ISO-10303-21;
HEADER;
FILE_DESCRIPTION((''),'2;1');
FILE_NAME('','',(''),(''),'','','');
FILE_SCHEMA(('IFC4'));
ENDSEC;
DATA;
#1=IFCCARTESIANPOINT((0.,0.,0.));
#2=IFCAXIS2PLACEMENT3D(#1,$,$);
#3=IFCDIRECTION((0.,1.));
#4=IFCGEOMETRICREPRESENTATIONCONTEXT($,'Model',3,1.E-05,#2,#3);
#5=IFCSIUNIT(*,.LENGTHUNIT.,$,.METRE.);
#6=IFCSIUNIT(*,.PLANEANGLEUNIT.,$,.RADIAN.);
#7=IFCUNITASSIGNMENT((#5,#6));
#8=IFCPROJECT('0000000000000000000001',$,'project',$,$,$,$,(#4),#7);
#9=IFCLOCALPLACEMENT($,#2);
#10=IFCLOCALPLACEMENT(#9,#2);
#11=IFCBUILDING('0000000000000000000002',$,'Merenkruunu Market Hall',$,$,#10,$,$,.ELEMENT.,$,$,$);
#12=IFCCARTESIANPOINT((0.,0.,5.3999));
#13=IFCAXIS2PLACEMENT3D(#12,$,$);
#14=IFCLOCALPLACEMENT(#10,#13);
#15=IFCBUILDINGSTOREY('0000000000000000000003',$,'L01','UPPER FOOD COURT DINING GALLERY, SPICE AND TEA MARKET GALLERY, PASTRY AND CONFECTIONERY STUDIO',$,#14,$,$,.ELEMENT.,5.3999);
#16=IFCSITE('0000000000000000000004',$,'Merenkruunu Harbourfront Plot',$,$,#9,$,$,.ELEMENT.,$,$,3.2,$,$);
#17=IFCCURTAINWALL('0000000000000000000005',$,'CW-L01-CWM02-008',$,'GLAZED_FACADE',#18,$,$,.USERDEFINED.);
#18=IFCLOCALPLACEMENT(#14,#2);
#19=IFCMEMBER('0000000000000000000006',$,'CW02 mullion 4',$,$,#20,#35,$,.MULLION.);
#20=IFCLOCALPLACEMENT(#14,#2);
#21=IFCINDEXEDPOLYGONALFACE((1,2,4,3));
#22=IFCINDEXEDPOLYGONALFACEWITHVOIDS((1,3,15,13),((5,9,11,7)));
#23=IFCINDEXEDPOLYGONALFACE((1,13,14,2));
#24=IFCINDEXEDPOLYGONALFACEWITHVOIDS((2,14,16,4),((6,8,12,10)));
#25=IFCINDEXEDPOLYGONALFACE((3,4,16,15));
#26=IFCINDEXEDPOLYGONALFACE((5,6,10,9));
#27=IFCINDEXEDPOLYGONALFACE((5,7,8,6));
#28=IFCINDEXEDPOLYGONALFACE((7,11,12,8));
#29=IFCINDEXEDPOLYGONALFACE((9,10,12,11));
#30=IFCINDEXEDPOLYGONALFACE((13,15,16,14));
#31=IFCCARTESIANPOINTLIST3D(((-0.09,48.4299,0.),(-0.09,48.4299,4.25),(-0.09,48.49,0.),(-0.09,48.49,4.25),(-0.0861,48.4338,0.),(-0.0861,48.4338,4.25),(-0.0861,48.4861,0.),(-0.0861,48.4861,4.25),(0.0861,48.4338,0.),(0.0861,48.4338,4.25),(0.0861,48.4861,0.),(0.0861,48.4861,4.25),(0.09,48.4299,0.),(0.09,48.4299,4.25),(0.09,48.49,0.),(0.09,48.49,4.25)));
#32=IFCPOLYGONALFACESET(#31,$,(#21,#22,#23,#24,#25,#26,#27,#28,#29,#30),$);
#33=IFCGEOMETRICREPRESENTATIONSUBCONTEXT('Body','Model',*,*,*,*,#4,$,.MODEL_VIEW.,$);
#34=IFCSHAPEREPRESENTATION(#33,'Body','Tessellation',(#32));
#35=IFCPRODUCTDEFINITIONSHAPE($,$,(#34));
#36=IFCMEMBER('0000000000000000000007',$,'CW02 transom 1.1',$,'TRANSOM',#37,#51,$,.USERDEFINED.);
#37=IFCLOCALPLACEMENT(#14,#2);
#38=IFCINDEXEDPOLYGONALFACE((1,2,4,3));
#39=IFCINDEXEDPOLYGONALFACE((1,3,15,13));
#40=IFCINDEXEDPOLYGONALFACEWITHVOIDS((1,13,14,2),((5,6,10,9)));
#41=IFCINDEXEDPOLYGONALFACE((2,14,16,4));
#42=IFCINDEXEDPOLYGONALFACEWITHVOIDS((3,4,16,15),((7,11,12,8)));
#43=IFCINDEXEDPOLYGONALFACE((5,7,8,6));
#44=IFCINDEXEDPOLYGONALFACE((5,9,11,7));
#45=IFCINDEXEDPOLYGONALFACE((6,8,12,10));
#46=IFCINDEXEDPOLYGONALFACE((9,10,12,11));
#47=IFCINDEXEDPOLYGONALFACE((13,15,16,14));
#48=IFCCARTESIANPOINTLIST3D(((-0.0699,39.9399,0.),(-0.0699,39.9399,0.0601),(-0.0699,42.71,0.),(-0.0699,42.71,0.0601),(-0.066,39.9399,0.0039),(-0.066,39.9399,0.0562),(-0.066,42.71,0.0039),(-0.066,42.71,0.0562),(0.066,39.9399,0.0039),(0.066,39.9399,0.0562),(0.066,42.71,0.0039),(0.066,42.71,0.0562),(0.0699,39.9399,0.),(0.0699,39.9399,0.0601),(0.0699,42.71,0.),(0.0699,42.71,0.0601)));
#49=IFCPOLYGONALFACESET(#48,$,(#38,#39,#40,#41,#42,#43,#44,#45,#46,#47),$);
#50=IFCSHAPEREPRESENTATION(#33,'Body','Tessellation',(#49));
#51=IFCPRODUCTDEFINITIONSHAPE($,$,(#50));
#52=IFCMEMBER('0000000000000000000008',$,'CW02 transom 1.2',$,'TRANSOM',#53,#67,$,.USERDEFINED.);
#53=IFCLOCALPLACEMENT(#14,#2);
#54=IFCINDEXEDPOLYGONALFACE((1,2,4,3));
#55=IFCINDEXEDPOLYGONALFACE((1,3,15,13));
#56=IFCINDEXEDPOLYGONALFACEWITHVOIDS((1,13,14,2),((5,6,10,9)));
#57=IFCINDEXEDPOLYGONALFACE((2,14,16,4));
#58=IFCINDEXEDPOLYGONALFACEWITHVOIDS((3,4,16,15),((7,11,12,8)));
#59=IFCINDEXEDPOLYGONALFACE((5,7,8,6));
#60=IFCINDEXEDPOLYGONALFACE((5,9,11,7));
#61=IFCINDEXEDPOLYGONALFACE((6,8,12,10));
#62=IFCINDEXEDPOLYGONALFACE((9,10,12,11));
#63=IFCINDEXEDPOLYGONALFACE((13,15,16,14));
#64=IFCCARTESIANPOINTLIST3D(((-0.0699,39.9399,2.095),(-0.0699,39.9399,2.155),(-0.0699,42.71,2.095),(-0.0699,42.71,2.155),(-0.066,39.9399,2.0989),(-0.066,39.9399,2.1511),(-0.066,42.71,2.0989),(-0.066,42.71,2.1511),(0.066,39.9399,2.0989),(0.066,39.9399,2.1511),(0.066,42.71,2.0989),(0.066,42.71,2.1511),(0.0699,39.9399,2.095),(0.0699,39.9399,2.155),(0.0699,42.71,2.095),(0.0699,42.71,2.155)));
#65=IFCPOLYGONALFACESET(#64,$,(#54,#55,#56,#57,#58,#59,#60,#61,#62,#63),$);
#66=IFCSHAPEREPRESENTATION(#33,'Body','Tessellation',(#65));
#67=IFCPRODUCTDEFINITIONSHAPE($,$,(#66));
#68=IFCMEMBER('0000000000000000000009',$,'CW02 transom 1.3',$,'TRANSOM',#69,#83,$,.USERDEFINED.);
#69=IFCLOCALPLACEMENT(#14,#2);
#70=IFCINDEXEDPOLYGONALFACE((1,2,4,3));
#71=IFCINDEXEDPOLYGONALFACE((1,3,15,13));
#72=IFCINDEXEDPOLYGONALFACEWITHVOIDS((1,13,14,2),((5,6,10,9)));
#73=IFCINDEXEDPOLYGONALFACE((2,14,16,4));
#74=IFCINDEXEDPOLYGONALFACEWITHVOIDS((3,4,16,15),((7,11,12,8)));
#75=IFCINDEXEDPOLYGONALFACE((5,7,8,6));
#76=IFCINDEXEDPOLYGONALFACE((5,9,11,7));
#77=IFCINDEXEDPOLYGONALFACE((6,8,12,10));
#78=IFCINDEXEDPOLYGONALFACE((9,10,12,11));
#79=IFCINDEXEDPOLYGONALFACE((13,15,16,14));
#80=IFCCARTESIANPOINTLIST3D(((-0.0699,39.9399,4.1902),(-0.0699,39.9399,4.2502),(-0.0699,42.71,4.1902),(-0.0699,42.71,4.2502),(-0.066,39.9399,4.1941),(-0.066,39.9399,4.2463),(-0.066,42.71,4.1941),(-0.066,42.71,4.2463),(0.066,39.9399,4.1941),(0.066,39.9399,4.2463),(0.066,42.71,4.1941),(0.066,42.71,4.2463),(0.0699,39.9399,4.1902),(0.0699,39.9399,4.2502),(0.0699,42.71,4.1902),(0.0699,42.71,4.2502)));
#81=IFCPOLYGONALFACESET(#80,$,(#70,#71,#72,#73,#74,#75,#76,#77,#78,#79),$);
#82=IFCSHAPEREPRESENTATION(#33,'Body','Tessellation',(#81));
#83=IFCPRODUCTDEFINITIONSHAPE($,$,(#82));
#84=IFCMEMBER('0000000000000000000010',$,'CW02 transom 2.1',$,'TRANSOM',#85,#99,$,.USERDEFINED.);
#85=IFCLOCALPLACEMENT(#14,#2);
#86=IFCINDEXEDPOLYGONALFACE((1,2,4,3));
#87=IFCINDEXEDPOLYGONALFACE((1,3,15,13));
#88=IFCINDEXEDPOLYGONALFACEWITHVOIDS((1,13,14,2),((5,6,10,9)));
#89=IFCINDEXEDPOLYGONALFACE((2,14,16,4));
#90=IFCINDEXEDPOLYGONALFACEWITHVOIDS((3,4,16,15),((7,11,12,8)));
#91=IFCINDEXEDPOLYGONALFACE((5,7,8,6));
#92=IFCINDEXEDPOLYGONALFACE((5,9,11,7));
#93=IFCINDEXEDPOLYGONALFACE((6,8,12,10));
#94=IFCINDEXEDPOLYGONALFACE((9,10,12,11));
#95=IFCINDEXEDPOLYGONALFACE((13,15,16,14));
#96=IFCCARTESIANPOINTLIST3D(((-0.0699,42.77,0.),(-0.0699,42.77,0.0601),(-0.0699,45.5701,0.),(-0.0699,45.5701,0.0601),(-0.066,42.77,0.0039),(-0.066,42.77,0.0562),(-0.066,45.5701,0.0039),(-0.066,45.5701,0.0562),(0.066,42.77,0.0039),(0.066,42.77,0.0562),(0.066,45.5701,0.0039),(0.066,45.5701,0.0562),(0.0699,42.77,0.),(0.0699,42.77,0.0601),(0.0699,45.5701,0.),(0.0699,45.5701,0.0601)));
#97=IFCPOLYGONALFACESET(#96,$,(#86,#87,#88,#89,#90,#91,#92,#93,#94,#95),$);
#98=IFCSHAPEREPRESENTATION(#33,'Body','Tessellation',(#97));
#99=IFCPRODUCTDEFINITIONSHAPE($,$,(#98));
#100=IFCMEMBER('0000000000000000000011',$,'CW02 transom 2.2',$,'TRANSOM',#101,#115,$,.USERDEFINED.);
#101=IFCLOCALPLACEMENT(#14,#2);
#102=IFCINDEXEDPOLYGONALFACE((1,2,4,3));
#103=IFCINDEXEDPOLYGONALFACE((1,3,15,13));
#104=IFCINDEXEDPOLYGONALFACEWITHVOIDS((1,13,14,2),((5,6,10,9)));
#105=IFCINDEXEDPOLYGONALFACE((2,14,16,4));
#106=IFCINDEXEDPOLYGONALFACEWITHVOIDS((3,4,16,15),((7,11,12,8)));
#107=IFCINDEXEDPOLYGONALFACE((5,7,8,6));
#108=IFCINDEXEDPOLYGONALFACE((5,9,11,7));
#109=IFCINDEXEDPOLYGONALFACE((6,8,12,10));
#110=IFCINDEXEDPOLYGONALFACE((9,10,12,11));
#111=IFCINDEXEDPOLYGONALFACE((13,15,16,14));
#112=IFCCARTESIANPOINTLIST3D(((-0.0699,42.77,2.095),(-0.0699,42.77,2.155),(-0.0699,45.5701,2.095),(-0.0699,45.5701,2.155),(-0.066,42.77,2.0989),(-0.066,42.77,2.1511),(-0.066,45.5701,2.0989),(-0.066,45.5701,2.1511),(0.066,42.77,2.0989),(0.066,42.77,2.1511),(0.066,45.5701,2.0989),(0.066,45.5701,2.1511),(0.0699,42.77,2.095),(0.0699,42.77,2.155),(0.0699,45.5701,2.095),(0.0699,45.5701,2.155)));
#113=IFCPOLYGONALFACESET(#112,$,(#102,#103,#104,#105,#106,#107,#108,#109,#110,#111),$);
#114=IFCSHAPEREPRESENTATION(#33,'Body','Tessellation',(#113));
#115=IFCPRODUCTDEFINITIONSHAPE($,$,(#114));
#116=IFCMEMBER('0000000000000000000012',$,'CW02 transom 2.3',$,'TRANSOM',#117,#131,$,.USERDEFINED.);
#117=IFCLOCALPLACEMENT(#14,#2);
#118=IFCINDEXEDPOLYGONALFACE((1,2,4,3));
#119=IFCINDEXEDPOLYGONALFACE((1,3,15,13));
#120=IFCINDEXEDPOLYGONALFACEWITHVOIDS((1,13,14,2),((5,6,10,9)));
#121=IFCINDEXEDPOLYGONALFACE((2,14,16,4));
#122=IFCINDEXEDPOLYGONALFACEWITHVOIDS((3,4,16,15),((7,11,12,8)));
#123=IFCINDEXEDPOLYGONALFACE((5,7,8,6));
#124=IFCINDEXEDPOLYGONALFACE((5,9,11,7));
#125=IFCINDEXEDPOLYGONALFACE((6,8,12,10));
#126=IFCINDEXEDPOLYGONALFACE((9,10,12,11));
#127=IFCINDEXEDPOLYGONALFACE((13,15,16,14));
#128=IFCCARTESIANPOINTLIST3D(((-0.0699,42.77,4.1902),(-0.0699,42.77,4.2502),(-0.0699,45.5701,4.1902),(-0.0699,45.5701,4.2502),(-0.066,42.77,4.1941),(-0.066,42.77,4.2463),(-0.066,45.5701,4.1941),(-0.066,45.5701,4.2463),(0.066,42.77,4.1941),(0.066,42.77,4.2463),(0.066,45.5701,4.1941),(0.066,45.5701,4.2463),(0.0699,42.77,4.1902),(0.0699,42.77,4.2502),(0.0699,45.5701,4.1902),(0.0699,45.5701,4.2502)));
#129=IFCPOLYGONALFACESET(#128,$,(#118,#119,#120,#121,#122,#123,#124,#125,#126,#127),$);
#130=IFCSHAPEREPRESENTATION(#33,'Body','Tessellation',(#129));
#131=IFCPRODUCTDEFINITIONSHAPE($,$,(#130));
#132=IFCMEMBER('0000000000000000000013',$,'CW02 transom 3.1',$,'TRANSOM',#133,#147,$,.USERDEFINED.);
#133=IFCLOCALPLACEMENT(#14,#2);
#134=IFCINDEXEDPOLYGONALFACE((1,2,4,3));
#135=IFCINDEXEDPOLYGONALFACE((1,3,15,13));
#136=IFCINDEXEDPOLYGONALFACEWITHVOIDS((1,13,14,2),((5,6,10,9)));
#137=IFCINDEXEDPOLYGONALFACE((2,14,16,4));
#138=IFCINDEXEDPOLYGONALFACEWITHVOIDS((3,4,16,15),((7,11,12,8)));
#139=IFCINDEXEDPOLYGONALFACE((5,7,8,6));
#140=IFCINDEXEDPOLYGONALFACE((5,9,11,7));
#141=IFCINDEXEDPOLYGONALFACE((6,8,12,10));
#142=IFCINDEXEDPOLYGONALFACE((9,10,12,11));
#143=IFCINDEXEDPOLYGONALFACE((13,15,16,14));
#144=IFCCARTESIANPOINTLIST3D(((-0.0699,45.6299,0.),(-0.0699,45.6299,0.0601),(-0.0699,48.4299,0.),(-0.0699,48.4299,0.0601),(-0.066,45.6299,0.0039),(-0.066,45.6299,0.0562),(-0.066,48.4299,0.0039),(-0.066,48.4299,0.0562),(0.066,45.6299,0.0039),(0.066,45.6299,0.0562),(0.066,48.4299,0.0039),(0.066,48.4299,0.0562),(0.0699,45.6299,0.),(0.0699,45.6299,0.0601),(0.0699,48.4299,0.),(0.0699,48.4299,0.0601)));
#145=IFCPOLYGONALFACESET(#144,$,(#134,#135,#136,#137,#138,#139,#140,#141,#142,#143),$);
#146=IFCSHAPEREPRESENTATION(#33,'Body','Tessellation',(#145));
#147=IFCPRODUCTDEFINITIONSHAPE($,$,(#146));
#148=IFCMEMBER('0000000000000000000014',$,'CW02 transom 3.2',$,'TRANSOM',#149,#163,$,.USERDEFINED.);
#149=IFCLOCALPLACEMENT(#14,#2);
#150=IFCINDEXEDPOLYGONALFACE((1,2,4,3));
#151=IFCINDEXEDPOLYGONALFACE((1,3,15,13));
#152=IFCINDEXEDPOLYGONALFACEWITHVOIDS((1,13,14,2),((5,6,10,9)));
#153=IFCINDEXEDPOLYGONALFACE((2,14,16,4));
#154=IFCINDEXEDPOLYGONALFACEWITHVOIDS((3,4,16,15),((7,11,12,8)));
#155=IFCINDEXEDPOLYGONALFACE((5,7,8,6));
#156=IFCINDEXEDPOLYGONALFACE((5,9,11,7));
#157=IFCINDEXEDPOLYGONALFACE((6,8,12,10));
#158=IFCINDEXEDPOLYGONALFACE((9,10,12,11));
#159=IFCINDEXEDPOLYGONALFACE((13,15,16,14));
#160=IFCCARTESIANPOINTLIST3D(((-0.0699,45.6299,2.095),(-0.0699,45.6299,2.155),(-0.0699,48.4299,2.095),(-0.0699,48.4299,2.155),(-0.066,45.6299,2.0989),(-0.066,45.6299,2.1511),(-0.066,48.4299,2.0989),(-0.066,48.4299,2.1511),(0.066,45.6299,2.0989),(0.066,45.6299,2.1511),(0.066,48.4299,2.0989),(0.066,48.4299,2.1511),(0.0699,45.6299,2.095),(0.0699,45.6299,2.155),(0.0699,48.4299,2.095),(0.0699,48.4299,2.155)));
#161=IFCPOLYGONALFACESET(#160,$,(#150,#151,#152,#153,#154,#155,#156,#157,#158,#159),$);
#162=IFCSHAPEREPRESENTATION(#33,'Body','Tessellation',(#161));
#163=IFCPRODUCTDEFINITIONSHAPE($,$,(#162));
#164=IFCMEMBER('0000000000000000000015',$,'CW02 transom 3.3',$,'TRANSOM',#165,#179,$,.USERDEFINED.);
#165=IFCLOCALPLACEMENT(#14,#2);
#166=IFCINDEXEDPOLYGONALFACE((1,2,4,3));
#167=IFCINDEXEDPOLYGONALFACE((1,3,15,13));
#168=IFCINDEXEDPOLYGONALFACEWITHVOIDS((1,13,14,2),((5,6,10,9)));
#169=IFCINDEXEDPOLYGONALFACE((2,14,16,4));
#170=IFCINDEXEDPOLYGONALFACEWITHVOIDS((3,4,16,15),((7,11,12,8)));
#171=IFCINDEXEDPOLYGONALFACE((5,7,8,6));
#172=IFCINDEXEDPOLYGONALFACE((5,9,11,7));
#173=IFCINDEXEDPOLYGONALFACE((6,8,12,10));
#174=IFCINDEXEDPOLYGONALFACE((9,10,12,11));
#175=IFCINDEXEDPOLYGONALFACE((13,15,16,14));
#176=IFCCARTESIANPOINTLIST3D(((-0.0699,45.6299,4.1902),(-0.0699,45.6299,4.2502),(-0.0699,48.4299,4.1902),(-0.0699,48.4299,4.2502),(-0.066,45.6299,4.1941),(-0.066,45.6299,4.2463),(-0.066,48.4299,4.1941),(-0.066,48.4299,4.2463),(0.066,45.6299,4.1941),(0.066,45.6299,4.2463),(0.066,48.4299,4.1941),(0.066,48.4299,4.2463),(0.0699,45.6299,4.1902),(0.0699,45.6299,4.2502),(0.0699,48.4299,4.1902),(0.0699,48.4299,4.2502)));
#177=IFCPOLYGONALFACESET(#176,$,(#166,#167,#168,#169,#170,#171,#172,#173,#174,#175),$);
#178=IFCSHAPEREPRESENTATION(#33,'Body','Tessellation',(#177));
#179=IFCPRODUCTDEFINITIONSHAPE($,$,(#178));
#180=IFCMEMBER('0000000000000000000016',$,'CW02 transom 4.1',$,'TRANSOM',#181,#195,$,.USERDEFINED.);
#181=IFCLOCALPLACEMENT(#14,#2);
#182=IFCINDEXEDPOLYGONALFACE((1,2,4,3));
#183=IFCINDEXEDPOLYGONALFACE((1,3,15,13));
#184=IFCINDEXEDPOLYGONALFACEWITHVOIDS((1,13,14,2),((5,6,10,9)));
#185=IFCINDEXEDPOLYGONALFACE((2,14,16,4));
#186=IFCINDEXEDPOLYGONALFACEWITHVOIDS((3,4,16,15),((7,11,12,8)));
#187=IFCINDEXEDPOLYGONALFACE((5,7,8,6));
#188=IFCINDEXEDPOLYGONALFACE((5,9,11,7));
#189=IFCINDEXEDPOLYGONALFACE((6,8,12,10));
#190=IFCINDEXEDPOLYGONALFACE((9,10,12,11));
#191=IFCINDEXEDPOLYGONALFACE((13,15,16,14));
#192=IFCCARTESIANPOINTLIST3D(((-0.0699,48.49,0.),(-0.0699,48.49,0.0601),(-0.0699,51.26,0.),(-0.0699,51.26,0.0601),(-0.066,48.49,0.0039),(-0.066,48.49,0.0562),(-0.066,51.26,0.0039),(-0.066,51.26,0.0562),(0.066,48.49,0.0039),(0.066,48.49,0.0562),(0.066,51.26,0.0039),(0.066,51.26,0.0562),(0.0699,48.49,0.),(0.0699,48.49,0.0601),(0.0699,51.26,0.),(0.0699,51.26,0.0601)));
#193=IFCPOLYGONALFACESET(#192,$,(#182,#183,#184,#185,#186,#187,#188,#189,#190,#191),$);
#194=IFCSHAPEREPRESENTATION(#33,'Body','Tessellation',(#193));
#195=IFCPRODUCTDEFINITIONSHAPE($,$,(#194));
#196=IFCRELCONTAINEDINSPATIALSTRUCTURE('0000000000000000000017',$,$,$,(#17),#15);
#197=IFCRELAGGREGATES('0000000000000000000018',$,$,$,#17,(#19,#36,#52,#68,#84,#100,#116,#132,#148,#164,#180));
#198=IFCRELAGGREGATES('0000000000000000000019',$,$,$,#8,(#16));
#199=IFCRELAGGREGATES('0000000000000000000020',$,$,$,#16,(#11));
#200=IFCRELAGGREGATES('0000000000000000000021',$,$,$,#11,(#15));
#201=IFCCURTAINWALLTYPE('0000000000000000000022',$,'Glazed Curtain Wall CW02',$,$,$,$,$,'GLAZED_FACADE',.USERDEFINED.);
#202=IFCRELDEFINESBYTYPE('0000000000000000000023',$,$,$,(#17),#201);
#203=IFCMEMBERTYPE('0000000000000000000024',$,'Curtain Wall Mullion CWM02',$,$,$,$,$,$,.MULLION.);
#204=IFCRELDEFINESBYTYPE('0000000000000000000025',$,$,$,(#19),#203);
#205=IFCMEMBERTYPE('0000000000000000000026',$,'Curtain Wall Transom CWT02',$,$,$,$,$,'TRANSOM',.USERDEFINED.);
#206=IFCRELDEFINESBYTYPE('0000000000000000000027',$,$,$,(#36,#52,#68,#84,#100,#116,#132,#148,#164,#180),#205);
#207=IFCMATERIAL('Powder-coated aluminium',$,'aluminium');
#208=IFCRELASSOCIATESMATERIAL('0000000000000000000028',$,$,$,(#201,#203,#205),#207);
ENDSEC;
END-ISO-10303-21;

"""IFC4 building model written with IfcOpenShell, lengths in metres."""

from ifc_helpers import new_model, si_unit, direction, frame, origin, origin_2d, place, context, subcontext, project, spatial, hollow_rectangle, extrude, material, material_profile, profile_set, type_object, element, aggregate, save


model = new_model("IFC4")

# Units and contexts
model_context = context("Model", 3, precision=1e-05, world=origin(), true_north=direction((0.0, 1.0)))
body_context = subcontext(model_context, "Body", "Model", "MODEL_VIEW")
ifc_project = project(units=[si_unit("LENGTHUNIT", "METRE"), si_unit("PLANEANGLEUNIT", "RADIAN")], contexts=[model_context])

# Site, building, storey
site_placement = place(None, origin())
site = spatial("IfcSite", under=ifc_project, at=site_placement, Name="Merenkruunu Harbourfront Plot", CompositionType="ELEMENT", RefElevation=3.2)
building_placement = place(site_placement, origin())
building = spatial("IfcBuilding", under=site, at=building_placement, Name="Merenkruunu Market Hall", CompositionType="ELEMENT")
storey_placement = place(building_placement, frame((0.0, 0.0, 5.3999)))
storey = spatial("IfcBuildingStorey", under=building, at=storey_placement, Name="L01", Description="UPPER FOOD COURT DINING GALLERY, SPICE AND TEA MARKET GALLERY, PASTRY AND CONFECTIONERY STUDIO", CompositionType="ELEMENT", Elevation=5.3999)

# Curtain wall, members
ifc_material_1 = material(Name="Powder-coated aluminium", Category="aluminium")
curtain_wall_type = type_object("IfcCurtainWallType", Name="Glazed Curtain Wall CW02", ElementType="GLAZED_FACADE", PredefinedType="USERDEFINED", material=ifc_material_1)
curtain_wall_placement = place(storey_placement, origin())
curtain_wall = element("IfcCurtainWall", 1, at=curtain_wall_placement, inside=storey, type_object=curtain_wall_type, Name="CW-L01-CWM02-008", ObjectType="GLAZED_FACADE", PredefinedType="USERDEFINED")
ifc_material_profile_1 = material_profile(ifc_material_1, hollow_rectangle(XDim=0.0601, YDim=0.1799, WallThickness=0.0039, at=origin_2d()), Name="ALU 60x180x4")
ifc_profile_set_1 = profile_set([ifc_material_profile_1], Name="Powder-coated aluminium")
member_type_1 = type_object("IfcMemberType", Name="Curtain Wall Mullion CWM02", PredefinedType="MULLION", material=ifc_profile_set_1)
member_1_placement = place(storey_placement, frame((0.0, 48.46, 0.0), z_axis=(0.0, 0.0, 1.0), x_axis=(0.0, 1.0, 0.0)))
member_1 = element("IfcMember", 2, at=member_1_placement, type_object=member_type_1, Name="CW02 mullion 4", PredefinedType="MULLION", context=body_context, shape_type="SweptSolid", body=[
    extrude(hollow_rectangle(XDim=0.0601, YDim=0.1799, WallThickness=0.0039, at=origin_2d()), origin(), (0.0, 0.0, 1.0), 4.25),
])
ifc_material_profile_2 = material_profile(ifc_material_1, hollow_rectangle(XDim=0.0601, YDim=0.1399, WallThickness=0.0039, at=origin_2d()), Name="ALU 60x140x4")
ifc_profile_set_2 = profile_set([ifc_material_profile_2], Name="Powder-coated aluminium")
member_type_2 = type_object("IfcMemberType", Name="Curtain Wall Transom CWT02", ElementType="TRANSOM", PredefinedType="USERDEFINED", material=ifc_profile_set_2)
member_2_placement = place(storey_placement, frame((0.0, 39.9399, 0.03), z_axis=(0.0, 1.0, 0.0), x_axis=(0.0, 0.0, 1.0)))
member_2 = element("IfcMember", 3, at=member_2_placement, type_object=member_type_2, Name="CW02 transom 1.1", ObjectType="TRANSOM", PredefinedType="USERDEFINED", context=body_context, shape_type="SweptSolid", body=[
    extrude(hollow_rectangle(XDim=0.0601, YDim=0.1399, WallThickness=0.0039, at=origin_2d()), origin(), (0.0, 0.0, 1.0), 2.77),
])
member_3_placement = place(storey_placement, frame((0.0, 39.9399, 2.125), z_axis=(0.0, 1.0, 0.0), x_axis=(0.0, 0.0, 1.0)))
member_3 = element("IfcMember", 4, at=member_3_placement, type_object=member_type_2, Name="CW02 transom 1.2", ObjectType="TRANSOM", PredefinedType="USERDEFINED", context=body_context, shape_type="SweptSolid", body=[
    extrude(hollow_rectangle(XDim=0.0601, YDim=0.1399, WallThickness=0.0039, at=origin_2d()), origin(), (0.0, 0.0, 1.0), 2.77),
])
member_4_placement = place(storey_placement, frame((0.0, 39.9399, 4.2202), z_axis=(0.0, 1.0, 0.0), x_axis=(0.0, 0.0, 1.0)))
member_4 = element("IfcMember", 5, at=member_4_placement, type_object=member_type_2, Name="CW02 transom 1.3", ObjectType="TRANSOM", PredefinedType="USERDEFINED", context=body_context, shape_type="SweptSolid", body=[
    extrude(hollow_rectangle(XDim=0.0601, YDim=0.1399, WallThickness=0.0039, at=origin_2d()), origin(), (0.0, 0.0, 1.0), 2.77),
])
member_5_placement = place(storey_placement, frame((0.0, 42.77, 0.03), z_axis=(0.0, 1.0, 0.0), x_axis=(0.0, 0.0, 1.0)))
member_5 = element("IfcMember", 6, at=member_5_placement, type_object=member_type_2, Name="CW02 transom 2.1", ObjectType="TRANSOM", PredefinedType="USERDEFINED", context=body_context, shape_type="SweptSolid", body=[
    extrude(hollow_rectangle(XDim=0.0601, YDim=0.1399, WallThickness=0.0039, at=origin_2d()), origin(), (0.0, 0.0, 1.0), 2.8),
])
member_6_placement = place(storey_placement, frame((0.0, 42.77, 2.125), z_axis=(0.0, 1.0, 0.0), x_axis=(0.0, 0.0, 1.0)))
member_6 = element("IfcMember", 7, at=member_6_placement, type_object=member_type_2, Name="CW02 transom 2.2", ObjectType="TRANSOM", PredefinedType="USERDEFINED", context=body_context, shape_type="SweptSolid", body=[
    extrude(hollow_rectangle(XDim=0.0601, YDim=0.1399, WallThickness=0.0039, at=origin_2d()), origin(), (0.0, 0.0, 1.0), 2.8),
])
member_7_placement = place(storey_placement, frame((0.0, 42.77, 4.2202), z_axis=(0.0, 1.0, 0.0), x_axis=(0.0, 0.0, 1.0)))
member_7 = element("IfcMember", 8, at=member_7_placement, type_object=member_type_2, Name="CW02 transom 2.3", ObjectType="TRANSOM", PredefinedType="USERDEFINED", context=body_context, shape_type="SweptSolid", body=[
    extrude(hollow_rectangle(XDim=0.0601, YDim=0.1399, WallThickness=0.0039, at=origin_2d()), origin(), (0.0, 0.0, 1.0), 2.8),
])
member_8_placement = place(storey_placement, frame((0.0, 45.6299, 0.03), z_axis=(0.0, 1.0, 0.0), x_axis=(0.0, 0.0, 1.0)))
member_8 = element("IfcMember", 9, at=member_8_placement, type_object=member_type_2, Name="CW02 transom 3.1", ObjectType="TRANSOM", PredefinedType="USERDEFINED", context=body_context, shape_type="SweptSolid", body=[
    extrude(hollow_rectangle(XDim=0.0601, YDim=0.1399, WallThickness=0.0039, at=origin_2d()), origin(), (0.0, 0.0, 1.0), 2.8),
])
member_9_placement = place(storey_placement, frame((0.0, 45.6299, 2.125), z_axis=(0.0, 1.0, 0.0), x_axis=(0.0, 0.0, 1.0)))
member_9 = element("IfcMember", 10, at=member_9_placement, type_object=member_type_2, Name="CW02 transom 3.2", ObjectType="TRANSOM", PredefinedType="USERDEFINED", context=body_context, shape_type="SweptSolid", body=[
    extrude(hollow_rectangle(XDim=0.0601, YDim=0.1399, WallThickness=0.0039, at=origin_2d()), origin(), (0.0, 0.0, 1.0), 2.8),
])
member_10_placement = place(storey_placement, frame((0.0, 45.6299, 4.2202), z_axis=(0.0, 1.0, 0.0), x_axis=(0.0, 0.0, 1.0)))
member_10 = element("IfcMember", 11, at=member_10_placement, type_object=member_type_2, Name="CW02 transom 3.3", ObjectType="TRANSOM", PredefinedType="USERDEFINED", context=body_context, shape_type="SweptSolid", body=[
    extrude(hollow_rectangle(XDim=0.0601, YDim=0.1399, WallThickness=0.0039, at=origin_2d()), origin(), (0.0, 0.0, 1.0), 2.8),
])
member_11_placement = place(storey_placement, frame((0.0, 48.49, 0.03), z_axis=(0.0, 1.0, 0.0), x_axis=(0.0, 0.0, 1.0)))
member_11 = element("IfcMember", 12, at=member_11_placement, type_object=member_type_2, Name="CW02 transom 4.1", ObjectType="TRANSOM", PredefinedType="USERDEFINED", context=body_context, shape_type="SweptSolid", body=[
    extrude(hollow_rectangle(XDim=0.0601, YDim=0.1399, WallThickness=0.0039, at=origin_2d()), origin(), (0.0, 0.0, 1.0), 2.77),
])

aggregate(curtain_wall, [member_1, member_2, member_3, member_4, member_5, member_6, member_7, member_8, member_9, member_10, member_11])

save(model, "model.ifc")
